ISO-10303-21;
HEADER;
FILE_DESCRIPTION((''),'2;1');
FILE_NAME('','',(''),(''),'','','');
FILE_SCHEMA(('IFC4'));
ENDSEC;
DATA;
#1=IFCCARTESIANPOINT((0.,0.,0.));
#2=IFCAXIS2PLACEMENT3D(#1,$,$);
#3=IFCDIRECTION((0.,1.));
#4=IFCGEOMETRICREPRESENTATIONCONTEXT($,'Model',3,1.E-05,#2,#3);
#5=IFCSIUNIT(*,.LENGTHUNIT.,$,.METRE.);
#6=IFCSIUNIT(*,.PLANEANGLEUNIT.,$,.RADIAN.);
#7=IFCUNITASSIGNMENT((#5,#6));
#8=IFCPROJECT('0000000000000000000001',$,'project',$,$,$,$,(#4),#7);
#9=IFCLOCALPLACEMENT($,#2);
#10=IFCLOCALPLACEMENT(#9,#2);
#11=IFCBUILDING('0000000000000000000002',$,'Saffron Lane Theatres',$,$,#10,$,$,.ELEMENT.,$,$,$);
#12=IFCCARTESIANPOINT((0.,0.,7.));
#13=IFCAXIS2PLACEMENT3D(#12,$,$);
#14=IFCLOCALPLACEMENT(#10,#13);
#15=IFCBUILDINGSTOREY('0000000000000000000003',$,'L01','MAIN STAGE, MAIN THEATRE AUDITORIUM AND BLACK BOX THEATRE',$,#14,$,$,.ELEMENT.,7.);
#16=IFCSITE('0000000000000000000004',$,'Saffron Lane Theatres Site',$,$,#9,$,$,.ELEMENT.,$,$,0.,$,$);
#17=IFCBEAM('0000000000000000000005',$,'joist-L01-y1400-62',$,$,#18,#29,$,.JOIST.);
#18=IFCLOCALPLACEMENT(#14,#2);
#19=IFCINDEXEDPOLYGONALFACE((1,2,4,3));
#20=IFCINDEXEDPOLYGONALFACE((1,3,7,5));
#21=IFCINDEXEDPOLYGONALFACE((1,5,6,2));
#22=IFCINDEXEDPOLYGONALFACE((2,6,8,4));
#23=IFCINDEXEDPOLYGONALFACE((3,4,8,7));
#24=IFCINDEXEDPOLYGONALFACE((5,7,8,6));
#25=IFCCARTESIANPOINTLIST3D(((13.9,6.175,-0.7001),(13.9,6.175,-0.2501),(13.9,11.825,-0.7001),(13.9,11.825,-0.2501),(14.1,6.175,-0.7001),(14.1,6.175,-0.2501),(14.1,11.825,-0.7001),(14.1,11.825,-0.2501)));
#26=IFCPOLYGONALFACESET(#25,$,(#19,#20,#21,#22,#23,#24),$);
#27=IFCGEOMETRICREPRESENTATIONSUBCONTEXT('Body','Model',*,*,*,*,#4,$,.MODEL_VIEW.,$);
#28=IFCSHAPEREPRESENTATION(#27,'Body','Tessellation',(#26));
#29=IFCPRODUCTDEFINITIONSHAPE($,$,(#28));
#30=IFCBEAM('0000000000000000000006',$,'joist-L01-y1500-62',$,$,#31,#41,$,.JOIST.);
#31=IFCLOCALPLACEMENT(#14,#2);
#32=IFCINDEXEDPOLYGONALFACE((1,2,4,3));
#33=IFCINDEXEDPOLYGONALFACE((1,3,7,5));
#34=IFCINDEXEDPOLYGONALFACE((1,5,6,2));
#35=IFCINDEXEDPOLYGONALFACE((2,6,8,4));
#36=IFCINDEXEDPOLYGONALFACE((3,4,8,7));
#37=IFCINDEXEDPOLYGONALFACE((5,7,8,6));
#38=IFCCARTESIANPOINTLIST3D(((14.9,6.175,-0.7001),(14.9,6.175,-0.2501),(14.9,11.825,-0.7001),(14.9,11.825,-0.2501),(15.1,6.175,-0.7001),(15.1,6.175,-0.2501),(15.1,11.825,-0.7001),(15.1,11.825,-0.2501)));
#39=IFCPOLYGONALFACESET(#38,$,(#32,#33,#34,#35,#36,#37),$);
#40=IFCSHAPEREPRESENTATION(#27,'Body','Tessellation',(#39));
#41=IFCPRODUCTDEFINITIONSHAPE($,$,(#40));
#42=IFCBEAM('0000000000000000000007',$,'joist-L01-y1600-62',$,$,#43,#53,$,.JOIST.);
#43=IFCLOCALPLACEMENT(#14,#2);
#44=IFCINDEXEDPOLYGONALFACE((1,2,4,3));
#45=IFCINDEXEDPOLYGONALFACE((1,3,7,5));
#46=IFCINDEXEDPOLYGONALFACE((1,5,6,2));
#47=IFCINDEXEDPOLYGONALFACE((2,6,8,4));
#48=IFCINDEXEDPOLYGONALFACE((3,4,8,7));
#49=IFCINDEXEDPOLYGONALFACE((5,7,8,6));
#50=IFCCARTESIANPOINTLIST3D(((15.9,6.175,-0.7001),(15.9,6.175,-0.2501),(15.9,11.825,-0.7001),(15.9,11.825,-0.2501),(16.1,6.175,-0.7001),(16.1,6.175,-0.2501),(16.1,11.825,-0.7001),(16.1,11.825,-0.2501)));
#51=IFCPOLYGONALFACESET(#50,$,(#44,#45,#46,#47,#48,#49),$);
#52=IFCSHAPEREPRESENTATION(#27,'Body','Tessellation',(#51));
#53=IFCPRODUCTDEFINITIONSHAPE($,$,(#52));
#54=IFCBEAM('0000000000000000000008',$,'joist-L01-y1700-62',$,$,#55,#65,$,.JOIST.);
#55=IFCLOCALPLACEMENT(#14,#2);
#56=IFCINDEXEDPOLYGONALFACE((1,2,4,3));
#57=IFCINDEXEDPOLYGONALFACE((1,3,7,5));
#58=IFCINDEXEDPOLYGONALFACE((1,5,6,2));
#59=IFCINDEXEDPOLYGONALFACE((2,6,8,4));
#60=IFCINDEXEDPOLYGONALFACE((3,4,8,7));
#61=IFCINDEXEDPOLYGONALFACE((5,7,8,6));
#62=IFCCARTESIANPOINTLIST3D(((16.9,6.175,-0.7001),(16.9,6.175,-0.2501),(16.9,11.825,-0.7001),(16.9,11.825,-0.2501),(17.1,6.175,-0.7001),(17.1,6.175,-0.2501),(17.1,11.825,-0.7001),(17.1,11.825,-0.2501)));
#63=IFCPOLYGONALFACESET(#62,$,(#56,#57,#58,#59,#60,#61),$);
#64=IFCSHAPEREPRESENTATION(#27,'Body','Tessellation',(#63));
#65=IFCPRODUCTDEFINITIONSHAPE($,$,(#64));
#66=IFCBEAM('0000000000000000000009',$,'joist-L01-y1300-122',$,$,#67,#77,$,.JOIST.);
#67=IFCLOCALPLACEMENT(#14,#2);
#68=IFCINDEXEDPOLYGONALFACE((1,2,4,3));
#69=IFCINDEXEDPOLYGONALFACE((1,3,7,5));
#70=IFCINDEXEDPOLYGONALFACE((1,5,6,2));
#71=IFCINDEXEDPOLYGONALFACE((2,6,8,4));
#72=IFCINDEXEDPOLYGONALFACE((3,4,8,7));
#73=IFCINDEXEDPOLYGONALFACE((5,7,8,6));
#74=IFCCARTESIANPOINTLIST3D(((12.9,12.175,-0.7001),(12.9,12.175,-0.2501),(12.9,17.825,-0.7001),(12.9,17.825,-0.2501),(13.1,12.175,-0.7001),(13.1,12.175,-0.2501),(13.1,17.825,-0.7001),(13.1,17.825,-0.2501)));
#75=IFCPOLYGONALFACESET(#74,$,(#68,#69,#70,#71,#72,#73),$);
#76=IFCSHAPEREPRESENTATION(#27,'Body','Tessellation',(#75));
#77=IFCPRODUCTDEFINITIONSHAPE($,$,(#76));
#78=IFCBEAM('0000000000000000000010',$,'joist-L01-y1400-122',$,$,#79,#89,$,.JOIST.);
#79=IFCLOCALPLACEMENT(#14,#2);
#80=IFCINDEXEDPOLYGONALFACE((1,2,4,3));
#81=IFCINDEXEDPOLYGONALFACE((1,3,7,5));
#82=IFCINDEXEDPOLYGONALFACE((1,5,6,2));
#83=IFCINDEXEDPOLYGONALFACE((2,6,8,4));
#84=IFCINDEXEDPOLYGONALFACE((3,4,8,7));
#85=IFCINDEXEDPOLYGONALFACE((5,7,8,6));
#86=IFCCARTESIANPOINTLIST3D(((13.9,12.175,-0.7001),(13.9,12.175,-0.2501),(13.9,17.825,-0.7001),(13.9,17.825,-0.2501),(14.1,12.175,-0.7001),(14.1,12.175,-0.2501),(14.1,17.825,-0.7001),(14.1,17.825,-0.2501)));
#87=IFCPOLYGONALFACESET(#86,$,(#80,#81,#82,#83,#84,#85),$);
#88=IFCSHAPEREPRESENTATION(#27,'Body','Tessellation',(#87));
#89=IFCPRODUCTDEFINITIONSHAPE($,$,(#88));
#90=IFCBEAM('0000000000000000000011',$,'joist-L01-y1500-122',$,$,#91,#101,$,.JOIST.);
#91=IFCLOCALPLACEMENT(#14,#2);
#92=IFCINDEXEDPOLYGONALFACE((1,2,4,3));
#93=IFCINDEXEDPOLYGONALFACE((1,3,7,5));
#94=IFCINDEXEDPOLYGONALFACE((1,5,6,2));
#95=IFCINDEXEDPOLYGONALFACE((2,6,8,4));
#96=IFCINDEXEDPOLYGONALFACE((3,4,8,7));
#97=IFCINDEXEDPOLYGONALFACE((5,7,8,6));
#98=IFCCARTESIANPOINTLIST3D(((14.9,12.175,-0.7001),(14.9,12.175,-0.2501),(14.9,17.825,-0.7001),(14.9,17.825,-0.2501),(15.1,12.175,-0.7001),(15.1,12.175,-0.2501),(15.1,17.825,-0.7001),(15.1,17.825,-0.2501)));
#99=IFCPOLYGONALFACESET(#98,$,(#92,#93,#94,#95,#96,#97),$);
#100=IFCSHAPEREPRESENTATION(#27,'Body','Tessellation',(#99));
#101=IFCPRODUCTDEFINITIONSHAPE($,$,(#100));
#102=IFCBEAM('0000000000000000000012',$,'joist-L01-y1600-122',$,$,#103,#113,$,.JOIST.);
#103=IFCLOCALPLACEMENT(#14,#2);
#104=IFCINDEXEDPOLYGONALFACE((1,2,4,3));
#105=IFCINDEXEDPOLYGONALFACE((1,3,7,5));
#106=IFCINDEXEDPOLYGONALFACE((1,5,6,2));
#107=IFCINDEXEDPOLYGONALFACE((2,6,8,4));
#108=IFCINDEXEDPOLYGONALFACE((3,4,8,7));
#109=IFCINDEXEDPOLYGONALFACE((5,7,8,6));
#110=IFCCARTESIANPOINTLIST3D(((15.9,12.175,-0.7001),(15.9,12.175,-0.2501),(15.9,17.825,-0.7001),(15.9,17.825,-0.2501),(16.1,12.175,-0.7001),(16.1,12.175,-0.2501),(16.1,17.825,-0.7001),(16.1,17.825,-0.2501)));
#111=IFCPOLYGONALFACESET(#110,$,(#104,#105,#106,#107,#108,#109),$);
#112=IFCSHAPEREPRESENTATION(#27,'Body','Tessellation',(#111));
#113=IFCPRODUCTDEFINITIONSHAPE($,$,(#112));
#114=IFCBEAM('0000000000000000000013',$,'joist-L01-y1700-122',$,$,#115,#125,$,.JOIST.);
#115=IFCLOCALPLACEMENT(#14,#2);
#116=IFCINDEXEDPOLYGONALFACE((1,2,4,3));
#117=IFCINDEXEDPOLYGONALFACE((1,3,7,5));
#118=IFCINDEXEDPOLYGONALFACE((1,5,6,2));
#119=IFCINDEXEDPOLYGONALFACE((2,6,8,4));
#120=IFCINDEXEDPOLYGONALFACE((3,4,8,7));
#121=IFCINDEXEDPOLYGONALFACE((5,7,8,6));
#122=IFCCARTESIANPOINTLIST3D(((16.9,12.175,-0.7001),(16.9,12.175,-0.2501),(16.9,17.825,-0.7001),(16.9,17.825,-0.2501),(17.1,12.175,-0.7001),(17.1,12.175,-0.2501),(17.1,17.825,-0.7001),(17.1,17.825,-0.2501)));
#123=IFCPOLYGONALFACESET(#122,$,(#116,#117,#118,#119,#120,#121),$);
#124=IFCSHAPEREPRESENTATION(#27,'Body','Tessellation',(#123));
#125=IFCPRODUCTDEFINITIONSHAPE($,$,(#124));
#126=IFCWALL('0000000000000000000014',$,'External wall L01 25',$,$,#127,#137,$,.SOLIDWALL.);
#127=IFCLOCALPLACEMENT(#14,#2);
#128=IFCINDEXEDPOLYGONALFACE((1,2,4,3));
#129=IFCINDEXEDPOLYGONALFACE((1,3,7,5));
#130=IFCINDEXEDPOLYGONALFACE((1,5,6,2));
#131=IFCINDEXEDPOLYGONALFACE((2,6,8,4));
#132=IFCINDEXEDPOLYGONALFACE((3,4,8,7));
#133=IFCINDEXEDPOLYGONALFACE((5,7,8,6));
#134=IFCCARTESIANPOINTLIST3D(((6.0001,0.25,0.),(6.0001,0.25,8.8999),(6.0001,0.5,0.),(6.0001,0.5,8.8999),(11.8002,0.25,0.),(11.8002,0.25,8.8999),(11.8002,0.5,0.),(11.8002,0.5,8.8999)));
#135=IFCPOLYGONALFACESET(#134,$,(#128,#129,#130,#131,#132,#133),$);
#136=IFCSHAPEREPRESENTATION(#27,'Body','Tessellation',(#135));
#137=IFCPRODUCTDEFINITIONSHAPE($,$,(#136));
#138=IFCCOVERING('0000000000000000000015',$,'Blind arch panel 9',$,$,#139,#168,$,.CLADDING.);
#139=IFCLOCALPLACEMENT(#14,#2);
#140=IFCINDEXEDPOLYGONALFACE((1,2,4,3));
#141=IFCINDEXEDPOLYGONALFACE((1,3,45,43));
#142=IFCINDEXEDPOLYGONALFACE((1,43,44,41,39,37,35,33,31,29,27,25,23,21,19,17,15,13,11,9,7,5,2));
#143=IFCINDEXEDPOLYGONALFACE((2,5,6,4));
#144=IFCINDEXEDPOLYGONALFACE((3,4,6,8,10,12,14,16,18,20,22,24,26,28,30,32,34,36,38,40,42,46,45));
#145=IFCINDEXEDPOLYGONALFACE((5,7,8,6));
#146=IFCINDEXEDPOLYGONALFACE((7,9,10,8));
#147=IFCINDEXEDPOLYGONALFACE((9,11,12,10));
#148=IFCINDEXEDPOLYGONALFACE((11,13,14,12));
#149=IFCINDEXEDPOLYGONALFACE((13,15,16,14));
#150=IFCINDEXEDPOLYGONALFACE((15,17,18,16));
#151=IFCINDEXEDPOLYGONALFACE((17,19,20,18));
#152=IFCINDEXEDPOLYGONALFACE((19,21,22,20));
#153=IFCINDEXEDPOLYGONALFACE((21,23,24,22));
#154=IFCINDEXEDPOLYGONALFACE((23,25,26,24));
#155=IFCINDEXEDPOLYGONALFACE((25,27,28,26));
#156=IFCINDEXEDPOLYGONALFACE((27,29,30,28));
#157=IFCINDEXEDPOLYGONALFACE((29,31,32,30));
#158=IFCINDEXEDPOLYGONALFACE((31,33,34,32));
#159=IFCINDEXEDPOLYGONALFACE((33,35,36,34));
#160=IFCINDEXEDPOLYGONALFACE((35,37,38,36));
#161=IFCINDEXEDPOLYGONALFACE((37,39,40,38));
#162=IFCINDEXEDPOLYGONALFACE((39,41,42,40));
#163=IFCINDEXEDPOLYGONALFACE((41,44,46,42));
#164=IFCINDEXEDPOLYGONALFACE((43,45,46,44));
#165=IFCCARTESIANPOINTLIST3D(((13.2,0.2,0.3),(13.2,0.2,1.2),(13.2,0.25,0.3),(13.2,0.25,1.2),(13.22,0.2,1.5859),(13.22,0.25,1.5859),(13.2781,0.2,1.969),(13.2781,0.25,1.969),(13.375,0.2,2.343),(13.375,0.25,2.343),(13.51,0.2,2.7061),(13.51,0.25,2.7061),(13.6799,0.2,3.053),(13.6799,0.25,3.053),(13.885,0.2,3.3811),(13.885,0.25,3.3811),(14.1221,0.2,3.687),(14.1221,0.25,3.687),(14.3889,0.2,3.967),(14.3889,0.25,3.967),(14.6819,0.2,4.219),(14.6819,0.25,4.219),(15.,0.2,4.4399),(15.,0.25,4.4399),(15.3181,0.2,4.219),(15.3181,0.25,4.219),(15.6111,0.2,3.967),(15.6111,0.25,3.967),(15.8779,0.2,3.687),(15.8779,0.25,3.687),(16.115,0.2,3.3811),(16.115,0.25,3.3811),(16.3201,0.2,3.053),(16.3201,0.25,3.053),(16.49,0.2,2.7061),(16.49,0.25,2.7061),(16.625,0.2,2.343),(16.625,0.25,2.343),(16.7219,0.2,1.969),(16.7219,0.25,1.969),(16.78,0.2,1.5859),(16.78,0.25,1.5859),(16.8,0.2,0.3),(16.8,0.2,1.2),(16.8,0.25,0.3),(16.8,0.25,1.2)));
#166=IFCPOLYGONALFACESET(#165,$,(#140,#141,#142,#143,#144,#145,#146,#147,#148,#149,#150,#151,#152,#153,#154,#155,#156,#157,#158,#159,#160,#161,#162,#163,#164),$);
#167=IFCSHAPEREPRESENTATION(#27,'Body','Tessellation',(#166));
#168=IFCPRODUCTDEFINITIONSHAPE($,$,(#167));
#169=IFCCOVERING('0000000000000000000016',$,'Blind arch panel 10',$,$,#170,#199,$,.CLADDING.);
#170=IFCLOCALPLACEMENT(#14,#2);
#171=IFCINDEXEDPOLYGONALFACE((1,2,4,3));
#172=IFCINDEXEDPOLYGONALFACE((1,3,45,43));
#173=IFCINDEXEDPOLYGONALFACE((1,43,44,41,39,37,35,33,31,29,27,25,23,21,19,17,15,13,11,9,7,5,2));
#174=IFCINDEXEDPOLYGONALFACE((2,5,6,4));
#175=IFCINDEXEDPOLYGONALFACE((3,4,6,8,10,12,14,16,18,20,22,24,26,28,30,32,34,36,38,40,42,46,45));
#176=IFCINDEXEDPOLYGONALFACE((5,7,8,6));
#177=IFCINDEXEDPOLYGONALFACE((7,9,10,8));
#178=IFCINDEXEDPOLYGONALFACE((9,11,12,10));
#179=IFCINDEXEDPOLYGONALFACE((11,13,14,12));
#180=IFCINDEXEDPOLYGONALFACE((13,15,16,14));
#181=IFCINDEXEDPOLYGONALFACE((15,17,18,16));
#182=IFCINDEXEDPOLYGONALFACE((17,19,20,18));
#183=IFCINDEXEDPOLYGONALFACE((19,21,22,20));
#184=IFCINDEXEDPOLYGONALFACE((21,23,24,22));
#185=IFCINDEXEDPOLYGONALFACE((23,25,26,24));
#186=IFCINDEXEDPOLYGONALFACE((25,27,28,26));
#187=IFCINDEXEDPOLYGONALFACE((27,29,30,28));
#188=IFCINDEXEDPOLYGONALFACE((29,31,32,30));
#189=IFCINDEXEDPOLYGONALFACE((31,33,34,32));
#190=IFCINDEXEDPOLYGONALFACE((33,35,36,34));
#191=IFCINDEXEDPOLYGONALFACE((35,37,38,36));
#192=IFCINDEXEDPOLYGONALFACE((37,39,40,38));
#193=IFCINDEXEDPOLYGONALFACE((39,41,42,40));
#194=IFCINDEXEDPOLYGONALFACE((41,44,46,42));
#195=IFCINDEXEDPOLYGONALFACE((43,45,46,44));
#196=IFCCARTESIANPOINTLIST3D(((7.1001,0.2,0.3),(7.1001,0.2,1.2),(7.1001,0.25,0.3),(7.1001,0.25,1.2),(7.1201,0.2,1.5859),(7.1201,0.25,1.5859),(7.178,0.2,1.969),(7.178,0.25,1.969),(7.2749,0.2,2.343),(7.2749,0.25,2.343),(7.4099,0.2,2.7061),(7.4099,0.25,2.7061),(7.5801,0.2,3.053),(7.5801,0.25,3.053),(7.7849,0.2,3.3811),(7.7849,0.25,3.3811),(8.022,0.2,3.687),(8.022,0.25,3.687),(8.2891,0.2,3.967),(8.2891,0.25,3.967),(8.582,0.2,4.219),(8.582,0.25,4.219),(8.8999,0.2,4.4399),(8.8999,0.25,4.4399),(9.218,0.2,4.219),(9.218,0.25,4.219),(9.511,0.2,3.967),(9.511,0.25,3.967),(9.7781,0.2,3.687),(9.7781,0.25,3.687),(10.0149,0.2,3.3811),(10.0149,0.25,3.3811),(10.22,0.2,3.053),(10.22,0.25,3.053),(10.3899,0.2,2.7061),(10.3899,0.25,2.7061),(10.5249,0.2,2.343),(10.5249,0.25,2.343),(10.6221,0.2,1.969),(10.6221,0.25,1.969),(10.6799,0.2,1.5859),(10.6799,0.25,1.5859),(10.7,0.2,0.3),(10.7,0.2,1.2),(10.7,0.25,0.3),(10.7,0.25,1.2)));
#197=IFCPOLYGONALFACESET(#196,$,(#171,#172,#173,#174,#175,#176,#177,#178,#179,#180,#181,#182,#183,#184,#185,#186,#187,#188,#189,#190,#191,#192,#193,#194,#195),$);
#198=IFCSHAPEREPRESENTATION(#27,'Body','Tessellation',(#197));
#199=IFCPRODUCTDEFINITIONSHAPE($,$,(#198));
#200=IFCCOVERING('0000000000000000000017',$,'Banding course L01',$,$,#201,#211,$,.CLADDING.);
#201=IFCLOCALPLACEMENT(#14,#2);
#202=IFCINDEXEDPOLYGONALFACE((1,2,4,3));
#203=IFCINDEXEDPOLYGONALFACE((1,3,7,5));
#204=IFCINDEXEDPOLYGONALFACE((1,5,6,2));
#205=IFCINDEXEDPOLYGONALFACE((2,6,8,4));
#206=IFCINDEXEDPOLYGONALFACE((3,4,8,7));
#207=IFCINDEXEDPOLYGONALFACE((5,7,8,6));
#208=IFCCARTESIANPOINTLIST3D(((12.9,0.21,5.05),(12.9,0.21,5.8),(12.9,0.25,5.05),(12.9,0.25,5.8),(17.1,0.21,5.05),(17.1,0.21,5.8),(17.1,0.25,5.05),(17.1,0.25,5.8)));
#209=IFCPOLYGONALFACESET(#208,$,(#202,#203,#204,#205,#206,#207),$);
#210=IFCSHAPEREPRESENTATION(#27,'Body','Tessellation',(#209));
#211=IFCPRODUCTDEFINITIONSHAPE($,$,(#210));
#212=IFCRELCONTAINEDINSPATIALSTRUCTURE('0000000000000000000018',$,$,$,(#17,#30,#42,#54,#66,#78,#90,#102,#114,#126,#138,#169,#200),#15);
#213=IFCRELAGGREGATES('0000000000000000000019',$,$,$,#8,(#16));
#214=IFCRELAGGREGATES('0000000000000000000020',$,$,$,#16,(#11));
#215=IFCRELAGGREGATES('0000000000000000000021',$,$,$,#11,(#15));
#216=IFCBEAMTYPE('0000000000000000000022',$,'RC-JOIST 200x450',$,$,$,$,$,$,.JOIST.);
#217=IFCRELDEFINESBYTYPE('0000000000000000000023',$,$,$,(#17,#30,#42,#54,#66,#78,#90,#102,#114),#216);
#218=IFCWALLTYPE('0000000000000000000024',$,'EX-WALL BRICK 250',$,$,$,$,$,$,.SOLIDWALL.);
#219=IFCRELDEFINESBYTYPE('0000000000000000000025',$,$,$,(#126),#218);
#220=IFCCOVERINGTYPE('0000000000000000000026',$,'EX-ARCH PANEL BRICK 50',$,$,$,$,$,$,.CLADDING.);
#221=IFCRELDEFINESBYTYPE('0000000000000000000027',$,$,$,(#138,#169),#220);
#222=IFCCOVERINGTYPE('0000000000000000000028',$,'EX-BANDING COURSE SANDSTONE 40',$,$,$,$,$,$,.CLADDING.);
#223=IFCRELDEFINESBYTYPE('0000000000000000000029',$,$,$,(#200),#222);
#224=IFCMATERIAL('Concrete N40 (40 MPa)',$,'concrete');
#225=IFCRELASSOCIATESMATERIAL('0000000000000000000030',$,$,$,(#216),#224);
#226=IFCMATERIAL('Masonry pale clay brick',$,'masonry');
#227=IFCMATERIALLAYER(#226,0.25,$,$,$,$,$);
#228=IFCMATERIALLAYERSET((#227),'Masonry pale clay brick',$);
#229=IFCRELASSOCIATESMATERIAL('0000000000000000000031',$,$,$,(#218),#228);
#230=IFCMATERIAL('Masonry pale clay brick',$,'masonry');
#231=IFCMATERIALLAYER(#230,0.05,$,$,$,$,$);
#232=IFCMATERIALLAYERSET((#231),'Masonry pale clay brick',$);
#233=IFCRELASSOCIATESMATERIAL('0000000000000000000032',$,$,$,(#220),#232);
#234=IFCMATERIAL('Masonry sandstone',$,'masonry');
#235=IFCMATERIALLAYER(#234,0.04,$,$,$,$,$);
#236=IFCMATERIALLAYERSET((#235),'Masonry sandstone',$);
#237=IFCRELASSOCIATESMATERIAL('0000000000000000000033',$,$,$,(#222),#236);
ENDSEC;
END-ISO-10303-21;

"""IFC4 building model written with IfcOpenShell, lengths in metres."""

from ifc_helpers import new_model, si_unit, direction, frame, frame_2d, origin, origin_2d, place, context, subcontext, project, spatial, polyline, rectangle, outline, extrude, material, layer, layer_set, material_profile, profile_set, type_object, element, save


model = new_model("IFC4")

# Units and contexts
model_context = context("Model", 3, precision=1e-05, world=origin(), true_north=direction((0.0, 1.0)))
body_context = subcontext(model_context, "Body", "Model", "MODEL_VIEW")
ifc_project = project(units=[si_unit("LENGTHUNIT", "METRE"), si_unit("PLANEANGLEUNIT", "RADIAN")], contexts=[model_context])

# Site, building, storey
site_placement = place(None, origin())
site = spatial("IfcSite", under=ifc_project, at=site_placement, Name="Saffron Lane Theatres Site", CompositionType="ELEMENT", RefElevation=0.0)
building_placement = place(site_placement, origin())
building = spatial("IfcBuilding", under=site, at=building_placement, Name="Saffron Lane Theatres", CompositionType="ELEMENT")
storey_placement = place(building_placement, frame((0.0, 0.0, 7.0)))
storey = spatial("IfcBuildingStorey", under=building, at=storey_placement, Name="L01", Description="MAIN STAGE, MAIN THEATRE AUDITORIUM AND BLACK BOX THEATRE", CompositionType="ELEMENT", Elevation=7.0)

# Beams
ifc_material_1 = material(Name="Concrete N40 (40 MPa)", Category="concrete")
ifc_material_profile_1 = material_profile(ifc_material_1, rectangle(XDim=0.2, YDim=0.45, at=origin_2d()))
ifc_profile_set_1 = profile_set([ifc_material_profile_1], Name="Concrete N40 (40 MPa)")
beam_type_1 = type_object("IfcBeamType", Name="RC-JOIST 200x450", PredefinedType="JOIST", material=ifc_profile_set_1)
for number, where, z_axis, x_axis, name in (
    (1, (14.0, 6.175, -0.4751), (0.0, 1.0, 0.0), (-1.0, 0.0, 0.0), "joist-L01-y1400-62"),
    (2, (15.0, 6.175, -0.4751), (0.0, 1.0, 0.0), (-1.0, 0.0, 0.0), "joist-L01-y1500-62"),
    (3, (16.0, 6.175, -0.4751), (0.0, 1.0, 0.0), (-1.0, 0.0, 0.0), "joist-L01-y1600-62"),
    (4, (17.0, 6.175, -0.4751), (0.0, 1.0, 0.0), (-1.0, 0.0, 0.0), "joist-L01-y1700-62"),
    (5, (13.0, 12.175, -0.4751), (0.0, 1.0, 0.0), (-1.0, 0.0, 0.0), "joist-L01-y1300-122"),
    (6, (14.0, 12.175, -0.4751), (0.0, 1.0, 0.0), (-1.0, 0.0, 0.0), "joist-L01-y1400-122"),
    (7, (15.0, 12.175, -0.4751), (0.0, 1.0, 0.0), (-1.0, 0.0, 0.0), "joist-L01-y1500-122"),
    (8, (16.0, 12.175, -0.4751), (0.0, 1.0, 0.0), (-1.0, 0.0, 0.0), "joist-L01-y1600-122"),
    (9, (17.0, 12.175, -0.4751), (0.0, 1.0, 0.0), (-1.0, 0.0, 0.0), "joist-L01-y1700-122"),
):
    element("IfcBeam", number, at=place(storey_placement, frame(where, z_axis=z_axis, x_axis=x_axis)), inside=storey, type_object=beam_type_1, Name=name, PredefinedType="JOIST", context=body_context, shape_type="SweptSolid", body=[
        extrude(rectangle(XDim=0.2, YDim=0.45, at=origin_2d()), origin(), (0.0, 0.0, 1.0), 5.6499),
    ])

# Wall
ifc_material_2 = material(Name="Masonry pale clay brick", Category="masonry")
ifc_layer_1 = layer(ifc_material_2, 0.25)
ifc_layer_set_1 = layer_set([ifc_layer_1], Name="Masonry pale clay brick")
wall_type = type_object("IfcWallType", Name="EX-WALL BRICK 250", PredefinedType="SOLIDWALL", material=ifc_layer_set_1)
wall_placement = place(storey_placement, frame((11.8, 0.375, 0.0), z_axis=(0.0, 0.0, 1.0), x_axis=(-1.0, 0.0, 0.0)))
element("IfcWall", 10, at=wall_placement, inside=storey, type_object=wall_type, Name="External wall L01 25", PredefinedType="SOLIDWALL", context=body_context, shape_type="SweptSolid", body=[
    extrude(rectangle(XDim=5.8, YDim=0.25, at=frame_2d((2.8999, 0.0))), origin(), (0.0, 0.0, 1.0), 8.8999),
])

# Coverings
ifc_material_3 = material(Name="Masonry pale clay brick", Category="masonry")
ifc_layer_2 = layer(ifc_material_3, 0.05)
ifc_layer_set_2 = layer_set([ifc_layer_2], Name="Masonry pale clay brick")
covering_type_1 = type_object("IfcCoveringType", Name="EX-ARCH PANEL BRICK 50", PredefinedType="CLADDING", material=ifc_layer_set_2)
covering_1_placement = place(storey_placement, frame((16.8, 0.25, 1.2), z_axis=(0.0, 1.0, 0.0), x_axis=(0.0, 0.0, -1.0)))
element("IfcCovering", 11, at=covering_1_placement, inside=storey, type_object=covering_type_1, Name="Blind arch panel 9", PredefinedType="CLADDING", context=body_context, shape_type="SweptSolid", body=[
    extrude(outline(polyline([(0.0, 0.0), (0.8999, 0.0), (0.8999, 3.6001), (0.0, 3.6001), (-0.386, 3.5801), (-0.769, 3.522), (-1.1431, 3.425), (-1.5061, 3.29), (-1.853, 3.1201), (-2.1812, 2.915), (-2.4871, 2.678), (-2.7671, 2.4111), (-3.019, 2.1182), (-3.24, 1.8), (-3.019, 1.4819), (-2.7671, 1.189), (-2.4871, 0.9221), (-2.1812, 0.6851), (-1.853, 0.48), (-1.5061, 0.3101), (-1.1431, 0.175), (-0.769, 0.0781), (-0.386, 0.02), (0.0, 0.0)])), origin(), (0.0, 0.0, -1.0), 0.05),
])
covering_2_placement = place(storey_placement, frame((10.7, 0.25, 1.2), z_axis=(0.0, 1.0, 0.0), x_axis=(0.0, 0.0, -1.0)))
element("IfcCovering", 12, at=covering_2_placement, inside=storey, type_object=covering_type_1, Name="Blind arch panel 10", PredefinedType="CLADDING", context=body_context, shape_type="SweptSolid", body=[
    extrude(outline(polyline([(0.0, 0.0), (0.8999, 0.0), (0.8999, 3.5999), (0.0, 3.5999), (-0.386, 3.5798), (-0.769, 3.522), (-1.1431, 3.425), (-1.5061, 3.29), (-1.853, 3.1199), (-2.1812, 2.915), (-2.4871, 2.678), (-2.7671, 2.4109), (-3.019, 2.1179), (-3.24, 1.8), (-3.019, 1.4819), (-2.7671, 1.189), (-2.4871, 0.9219), (-2.1812, 0.6851), (-1.853, 0.48), (-1.5061, 0.3101), (-1.1431, 0.175), (-0.769, 0.0779), (-0.386, 0.02), (0.0, 0.0)])), origin(), (0.0, 0.0, -1.0), 0.05),
])
ifc_material_4 = material(Name="Masonry sandstone", Category="masonry")
ifc_layer_3 = layer(ifc_material_4, 0.04)
ifc_layer_set_3 = layer_set([ifc_layer_3], Name="Masonry sandstone")
covering_type_2 = type_object("IfcCoveringType", Name="EX-BANDING COURSE SANDSTONE 40", PredefinedType="CLADDING", material=ifc_layer_set_3)
for number, where, z_axis, x_axis, name in (
    (13, (15.0, 0.23, 5.05), (0.0, 0.0, 1.0), (-1.0, 0.0, 0.0), "Banding course L01"),
):
    element("IfcCovering", number, at=place(storey_placement, frame(where, z_axis=z_axis, x_axis=x_axis)), inside=storey, type_object=covering_type_2, Name=name, PredefinedType="CLADDING", context=body_context, shape_type="SweptSolid", body=[
        extrude(rectangle(XDim=4.2, YDim=0.04, at=origin_2d()), origin(), (0.0, 0.0, 1.0), 0.75),
    ])

save(model, "model.ifc")
